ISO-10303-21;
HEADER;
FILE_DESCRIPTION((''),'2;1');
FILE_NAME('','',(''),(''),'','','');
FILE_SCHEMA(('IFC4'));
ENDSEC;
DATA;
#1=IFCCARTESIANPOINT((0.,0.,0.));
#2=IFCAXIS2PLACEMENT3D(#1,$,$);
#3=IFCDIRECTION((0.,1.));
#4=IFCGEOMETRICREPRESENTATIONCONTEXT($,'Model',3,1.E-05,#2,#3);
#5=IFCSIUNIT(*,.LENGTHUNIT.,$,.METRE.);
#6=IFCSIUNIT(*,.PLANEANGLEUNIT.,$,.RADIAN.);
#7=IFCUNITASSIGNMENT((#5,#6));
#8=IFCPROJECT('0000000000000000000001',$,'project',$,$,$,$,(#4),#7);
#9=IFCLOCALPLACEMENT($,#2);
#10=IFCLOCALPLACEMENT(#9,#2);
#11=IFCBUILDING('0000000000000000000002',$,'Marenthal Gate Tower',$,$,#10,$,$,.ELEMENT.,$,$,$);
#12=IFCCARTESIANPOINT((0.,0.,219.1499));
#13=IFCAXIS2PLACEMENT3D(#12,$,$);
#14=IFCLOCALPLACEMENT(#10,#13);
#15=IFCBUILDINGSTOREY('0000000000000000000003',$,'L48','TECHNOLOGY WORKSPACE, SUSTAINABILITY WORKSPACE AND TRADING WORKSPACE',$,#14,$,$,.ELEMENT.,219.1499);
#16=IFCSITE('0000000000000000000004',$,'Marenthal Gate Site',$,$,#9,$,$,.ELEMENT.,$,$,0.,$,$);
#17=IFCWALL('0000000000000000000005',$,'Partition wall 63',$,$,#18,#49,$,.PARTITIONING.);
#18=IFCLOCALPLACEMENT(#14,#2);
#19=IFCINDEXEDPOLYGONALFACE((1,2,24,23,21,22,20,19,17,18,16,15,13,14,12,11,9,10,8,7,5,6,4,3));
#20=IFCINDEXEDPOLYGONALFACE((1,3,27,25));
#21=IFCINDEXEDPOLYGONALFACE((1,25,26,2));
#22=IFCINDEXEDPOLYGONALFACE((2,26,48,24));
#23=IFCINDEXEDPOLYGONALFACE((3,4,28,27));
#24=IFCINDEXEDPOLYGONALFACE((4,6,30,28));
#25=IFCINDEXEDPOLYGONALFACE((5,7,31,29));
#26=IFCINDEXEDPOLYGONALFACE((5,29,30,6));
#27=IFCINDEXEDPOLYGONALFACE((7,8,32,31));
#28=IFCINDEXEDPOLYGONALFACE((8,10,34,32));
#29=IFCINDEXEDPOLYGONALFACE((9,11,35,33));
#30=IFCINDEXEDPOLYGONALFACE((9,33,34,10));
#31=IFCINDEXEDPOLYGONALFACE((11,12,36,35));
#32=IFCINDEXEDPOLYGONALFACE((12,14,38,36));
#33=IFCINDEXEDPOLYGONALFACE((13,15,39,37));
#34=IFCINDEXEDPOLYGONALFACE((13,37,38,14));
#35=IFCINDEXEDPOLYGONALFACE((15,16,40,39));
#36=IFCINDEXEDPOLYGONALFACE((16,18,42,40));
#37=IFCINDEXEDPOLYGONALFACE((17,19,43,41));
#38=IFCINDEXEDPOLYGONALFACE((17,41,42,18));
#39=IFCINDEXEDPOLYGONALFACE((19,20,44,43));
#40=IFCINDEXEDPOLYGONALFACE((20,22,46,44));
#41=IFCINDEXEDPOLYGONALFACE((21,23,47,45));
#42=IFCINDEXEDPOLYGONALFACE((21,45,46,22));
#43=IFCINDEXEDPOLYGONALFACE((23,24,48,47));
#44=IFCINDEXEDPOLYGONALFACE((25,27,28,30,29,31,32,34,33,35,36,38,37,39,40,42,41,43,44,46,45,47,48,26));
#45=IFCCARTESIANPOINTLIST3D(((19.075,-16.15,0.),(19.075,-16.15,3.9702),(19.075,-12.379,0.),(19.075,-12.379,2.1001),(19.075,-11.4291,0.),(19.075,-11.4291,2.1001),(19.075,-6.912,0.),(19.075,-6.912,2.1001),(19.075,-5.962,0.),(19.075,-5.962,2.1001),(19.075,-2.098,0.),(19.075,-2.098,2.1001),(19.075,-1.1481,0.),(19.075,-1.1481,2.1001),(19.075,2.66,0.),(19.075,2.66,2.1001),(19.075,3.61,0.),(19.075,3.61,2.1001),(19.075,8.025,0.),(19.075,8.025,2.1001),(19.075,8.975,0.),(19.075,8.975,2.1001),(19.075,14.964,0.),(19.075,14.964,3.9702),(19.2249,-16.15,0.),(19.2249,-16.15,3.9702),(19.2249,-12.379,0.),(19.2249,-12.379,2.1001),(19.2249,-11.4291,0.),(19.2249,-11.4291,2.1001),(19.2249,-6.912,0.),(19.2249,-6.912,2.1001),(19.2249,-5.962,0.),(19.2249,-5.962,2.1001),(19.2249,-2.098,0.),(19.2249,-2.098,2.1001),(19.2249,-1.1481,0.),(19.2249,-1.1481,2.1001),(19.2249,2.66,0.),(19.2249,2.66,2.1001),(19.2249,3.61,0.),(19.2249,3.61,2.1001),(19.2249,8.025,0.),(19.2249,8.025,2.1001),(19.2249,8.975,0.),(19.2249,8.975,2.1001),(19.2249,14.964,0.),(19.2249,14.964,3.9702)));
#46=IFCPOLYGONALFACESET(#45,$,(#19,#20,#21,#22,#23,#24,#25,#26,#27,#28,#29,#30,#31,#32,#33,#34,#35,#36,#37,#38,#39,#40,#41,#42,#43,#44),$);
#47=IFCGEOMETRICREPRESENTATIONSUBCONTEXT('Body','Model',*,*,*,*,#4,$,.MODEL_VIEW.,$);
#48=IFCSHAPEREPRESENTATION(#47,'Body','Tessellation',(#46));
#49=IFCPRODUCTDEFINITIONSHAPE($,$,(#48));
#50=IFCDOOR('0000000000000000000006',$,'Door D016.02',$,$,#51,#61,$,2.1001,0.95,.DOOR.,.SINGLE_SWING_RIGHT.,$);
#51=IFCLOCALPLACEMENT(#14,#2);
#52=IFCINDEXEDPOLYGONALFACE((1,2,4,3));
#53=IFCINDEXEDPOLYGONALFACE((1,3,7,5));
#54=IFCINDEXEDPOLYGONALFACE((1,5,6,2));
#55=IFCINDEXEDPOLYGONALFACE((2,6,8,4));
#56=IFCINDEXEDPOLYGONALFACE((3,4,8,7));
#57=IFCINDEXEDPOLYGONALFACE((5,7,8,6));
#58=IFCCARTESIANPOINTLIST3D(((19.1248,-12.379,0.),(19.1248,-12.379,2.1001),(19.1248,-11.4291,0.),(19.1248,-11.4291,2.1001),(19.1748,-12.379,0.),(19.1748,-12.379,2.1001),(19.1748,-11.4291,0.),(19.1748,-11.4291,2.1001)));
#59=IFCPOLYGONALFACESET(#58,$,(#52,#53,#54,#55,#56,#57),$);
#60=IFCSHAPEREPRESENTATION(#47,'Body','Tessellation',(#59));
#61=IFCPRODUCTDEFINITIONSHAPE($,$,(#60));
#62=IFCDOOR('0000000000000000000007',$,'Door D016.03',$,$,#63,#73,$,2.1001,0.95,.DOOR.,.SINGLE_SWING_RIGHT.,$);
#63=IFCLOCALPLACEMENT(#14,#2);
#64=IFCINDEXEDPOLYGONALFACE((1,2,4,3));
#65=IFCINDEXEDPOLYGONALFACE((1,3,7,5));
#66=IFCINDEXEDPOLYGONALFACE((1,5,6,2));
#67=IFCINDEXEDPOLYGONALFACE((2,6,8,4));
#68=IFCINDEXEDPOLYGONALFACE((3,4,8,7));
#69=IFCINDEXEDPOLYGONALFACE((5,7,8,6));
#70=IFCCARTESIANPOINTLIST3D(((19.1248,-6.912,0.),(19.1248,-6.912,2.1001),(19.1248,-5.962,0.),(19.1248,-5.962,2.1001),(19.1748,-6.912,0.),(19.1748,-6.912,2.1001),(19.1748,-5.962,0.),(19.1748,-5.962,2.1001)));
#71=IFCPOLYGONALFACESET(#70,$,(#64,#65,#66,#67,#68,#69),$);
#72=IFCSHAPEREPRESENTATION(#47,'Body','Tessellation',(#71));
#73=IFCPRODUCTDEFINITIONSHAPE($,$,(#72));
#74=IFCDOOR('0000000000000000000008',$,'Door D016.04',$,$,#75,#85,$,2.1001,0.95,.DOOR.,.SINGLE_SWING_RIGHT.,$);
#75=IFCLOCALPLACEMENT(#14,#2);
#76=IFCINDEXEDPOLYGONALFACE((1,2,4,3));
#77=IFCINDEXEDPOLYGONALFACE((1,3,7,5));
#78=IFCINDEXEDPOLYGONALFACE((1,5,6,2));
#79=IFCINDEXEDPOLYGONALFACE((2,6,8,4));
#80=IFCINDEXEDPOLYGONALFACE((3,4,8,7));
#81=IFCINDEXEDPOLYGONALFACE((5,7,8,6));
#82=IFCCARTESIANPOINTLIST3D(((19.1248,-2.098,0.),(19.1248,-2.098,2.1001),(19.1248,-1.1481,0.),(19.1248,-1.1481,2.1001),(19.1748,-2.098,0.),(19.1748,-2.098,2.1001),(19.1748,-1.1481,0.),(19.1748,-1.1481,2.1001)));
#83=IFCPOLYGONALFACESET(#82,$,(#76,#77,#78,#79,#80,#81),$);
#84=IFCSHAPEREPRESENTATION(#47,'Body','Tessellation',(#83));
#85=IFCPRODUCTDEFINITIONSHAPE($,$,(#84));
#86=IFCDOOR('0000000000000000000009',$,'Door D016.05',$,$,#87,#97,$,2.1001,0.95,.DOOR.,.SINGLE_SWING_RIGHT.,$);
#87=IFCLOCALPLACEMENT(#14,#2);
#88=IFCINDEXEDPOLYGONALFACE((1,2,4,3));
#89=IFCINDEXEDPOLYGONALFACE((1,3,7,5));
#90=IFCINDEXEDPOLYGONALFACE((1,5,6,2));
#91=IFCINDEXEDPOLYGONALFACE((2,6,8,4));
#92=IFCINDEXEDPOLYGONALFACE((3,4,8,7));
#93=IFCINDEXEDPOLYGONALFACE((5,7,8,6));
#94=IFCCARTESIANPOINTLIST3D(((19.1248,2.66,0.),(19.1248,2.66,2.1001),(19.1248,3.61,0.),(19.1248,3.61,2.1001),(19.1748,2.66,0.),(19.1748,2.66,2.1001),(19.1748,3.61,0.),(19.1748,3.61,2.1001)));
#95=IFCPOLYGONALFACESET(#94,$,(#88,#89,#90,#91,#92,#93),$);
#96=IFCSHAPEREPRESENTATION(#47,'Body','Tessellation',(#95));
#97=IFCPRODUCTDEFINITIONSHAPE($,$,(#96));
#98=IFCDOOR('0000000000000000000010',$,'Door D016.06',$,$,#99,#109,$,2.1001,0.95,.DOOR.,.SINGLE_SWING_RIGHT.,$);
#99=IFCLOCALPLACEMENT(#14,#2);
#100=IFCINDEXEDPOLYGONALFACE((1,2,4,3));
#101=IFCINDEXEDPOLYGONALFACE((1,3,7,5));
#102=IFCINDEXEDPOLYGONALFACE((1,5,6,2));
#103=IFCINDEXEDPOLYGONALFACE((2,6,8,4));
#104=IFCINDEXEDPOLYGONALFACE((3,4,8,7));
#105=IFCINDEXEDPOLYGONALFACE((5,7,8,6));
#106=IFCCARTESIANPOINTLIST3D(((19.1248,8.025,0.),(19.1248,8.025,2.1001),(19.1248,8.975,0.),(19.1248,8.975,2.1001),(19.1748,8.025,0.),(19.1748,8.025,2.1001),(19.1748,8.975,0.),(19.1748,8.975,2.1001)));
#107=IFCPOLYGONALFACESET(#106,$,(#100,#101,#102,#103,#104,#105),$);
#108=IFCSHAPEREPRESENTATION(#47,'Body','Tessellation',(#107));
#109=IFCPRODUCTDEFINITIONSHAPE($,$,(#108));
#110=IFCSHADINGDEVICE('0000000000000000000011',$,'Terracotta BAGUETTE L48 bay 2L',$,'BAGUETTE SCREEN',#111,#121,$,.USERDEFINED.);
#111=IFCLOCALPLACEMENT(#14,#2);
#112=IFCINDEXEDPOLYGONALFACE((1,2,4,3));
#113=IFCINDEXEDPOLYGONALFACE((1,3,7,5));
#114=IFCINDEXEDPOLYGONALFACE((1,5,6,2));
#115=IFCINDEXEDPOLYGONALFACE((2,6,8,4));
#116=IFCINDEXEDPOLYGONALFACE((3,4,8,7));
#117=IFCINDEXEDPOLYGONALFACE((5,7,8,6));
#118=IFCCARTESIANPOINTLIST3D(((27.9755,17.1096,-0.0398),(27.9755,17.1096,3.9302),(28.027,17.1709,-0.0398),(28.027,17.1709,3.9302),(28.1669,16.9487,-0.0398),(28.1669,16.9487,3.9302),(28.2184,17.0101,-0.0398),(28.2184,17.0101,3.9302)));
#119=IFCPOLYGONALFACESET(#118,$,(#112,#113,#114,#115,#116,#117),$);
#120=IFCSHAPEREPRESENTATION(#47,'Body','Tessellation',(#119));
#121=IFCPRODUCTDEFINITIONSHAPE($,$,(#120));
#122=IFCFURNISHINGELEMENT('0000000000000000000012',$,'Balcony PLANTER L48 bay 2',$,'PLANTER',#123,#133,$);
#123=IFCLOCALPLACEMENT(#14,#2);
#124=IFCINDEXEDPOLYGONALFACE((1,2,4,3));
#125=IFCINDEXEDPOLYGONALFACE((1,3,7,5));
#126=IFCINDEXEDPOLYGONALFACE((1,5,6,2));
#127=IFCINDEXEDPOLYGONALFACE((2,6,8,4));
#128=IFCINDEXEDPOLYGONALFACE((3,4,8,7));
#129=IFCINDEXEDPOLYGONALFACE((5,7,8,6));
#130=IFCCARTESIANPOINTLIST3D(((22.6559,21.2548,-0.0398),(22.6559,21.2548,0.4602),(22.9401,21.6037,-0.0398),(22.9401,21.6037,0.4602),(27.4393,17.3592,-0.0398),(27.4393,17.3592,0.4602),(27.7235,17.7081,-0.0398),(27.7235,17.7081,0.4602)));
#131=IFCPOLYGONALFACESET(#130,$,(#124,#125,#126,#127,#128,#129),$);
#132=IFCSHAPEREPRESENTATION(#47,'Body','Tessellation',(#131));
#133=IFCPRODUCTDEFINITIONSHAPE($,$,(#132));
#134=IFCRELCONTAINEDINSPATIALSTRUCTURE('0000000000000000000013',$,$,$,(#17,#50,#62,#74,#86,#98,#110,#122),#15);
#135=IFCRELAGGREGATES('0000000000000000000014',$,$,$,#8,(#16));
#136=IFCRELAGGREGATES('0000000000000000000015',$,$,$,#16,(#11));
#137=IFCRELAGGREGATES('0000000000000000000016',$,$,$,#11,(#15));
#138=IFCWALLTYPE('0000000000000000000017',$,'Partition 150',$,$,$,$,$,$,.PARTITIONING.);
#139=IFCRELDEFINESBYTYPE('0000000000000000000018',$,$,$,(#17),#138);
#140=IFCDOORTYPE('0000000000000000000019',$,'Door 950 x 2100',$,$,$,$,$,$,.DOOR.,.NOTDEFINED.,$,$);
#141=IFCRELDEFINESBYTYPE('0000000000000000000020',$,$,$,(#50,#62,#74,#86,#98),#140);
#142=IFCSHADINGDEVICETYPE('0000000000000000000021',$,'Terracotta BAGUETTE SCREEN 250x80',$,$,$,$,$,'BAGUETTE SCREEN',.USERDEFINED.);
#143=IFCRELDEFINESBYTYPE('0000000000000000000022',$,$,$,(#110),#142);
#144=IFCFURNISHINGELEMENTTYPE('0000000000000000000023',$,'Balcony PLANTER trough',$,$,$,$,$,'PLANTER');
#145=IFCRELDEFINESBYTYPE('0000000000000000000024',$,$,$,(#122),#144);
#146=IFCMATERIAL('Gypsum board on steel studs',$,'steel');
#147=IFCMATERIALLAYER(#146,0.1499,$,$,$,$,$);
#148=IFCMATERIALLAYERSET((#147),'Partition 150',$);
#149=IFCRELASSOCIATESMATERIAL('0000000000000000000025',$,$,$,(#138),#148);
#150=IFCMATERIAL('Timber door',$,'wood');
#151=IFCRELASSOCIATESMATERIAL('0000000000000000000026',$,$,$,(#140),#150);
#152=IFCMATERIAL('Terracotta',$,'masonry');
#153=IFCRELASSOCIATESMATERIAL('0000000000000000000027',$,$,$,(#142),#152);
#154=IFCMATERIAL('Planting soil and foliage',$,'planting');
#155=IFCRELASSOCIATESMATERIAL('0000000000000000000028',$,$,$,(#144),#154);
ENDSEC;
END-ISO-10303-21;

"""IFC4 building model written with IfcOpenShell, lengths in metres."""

from ifc_helpers import new_model, si_unit, direction, frame, frame_2d, origin, origin_2d, place, context, subcontext, project, spatial, rectangle, extrude, material, layer, layer_set, material_profile, profile_set, type_object, element, fill, save


model = new_model("IFC4")

# Units and contexts
model_context = context("Model", 3, precision=1e-05, world=origin(), true_north=direction((0.0, 1.0)))
body_context = subcontext(model_context, "Body", "Model", "MODEL_VIEW")
ifc_project = project(units=[si_unit("LENGTHUNIT", "METRE"), si_unit("PLANEANGLEUNIT", "RADIAN")], contexts=[model_context])

# Site, building, storey
site_placement = place(None, origin())
site = spatial("IfcSite", under=ifc_project, at=site_placement, Name="Marenthal Gate Site", CompositionType="ELEMENT", RefElevation=0.0)
building_placement = place(site_placement, origin())
building = spatial("IfcBuilding", under=site, at=building_placement, Name="Marenthal Gate Tower", CompositionType="ELEMENT")
storey_placement = place(building_placement, frame((0.0, 0.0, 219.1499)))
storey = spatial("IfcBuildingStorey", under=building, at=storey_placement, Name="L48", Description="TECHNOLOGY WORKSPACE, SUSTAINABILITY WORKSPACE AND TRADING WORKSPACE", CompositionType="ELEMENT", Elevation=219.1499)

# Shared definitions
ifc_material_1 = material(Name="Gypsum board on steel studs", Category="steel")
ifc_layer_1 = layer(ifc_material_1, 0.1499)
ifc_layer_set_1 = layer_set([ifc_layer_1], Name="Partition 150")
wall_type_1 = type_object("IfcWallType", Name="Partition 150", PredefinedType="PARTITIONING", material=ifc_layer_set_1)

# Wall, openings, doors
wall_1_placement = place(storey_placement, frame((19.1499, 14.9641, 0.0), z_axis=(0.0, 0.0, 1.0), x_axis=(0.0, -1.0, 0.0)))
wall_1 = element("IfcWall", 1, at=wall_1_placement, inside=storey, type_object=wall_type_1, Name="Partition wall 63", PredefinedType="PARTITIONING", context=body_context, shape_type="SweptSolid", body=[
    extrude(rectangle(XDim=31.114, YDim=0.1499, at=frame_2d((15.5571, 0.0))), origin(), (0.0, 0.0, 1.0), 3.9702),
])
opening_1_placement = place(wall_1_placement, frame((26.3931, 0.0, 0.0)))
opening_1 = element("IfcOpeningElement", 2, at=opening_1_placement, cuts=wall_1, PredefinedType="OPENING", context=body_context, shape_type="SweptSolid", body=[
    extrude(rectangle(XDim=0.95, YDim=2.1001, at=frame_2d((0.4751, 1.05))), frame((0.0, 0.085, 0.0), z_axis=(0.0, -1.0, 0.0), x_axis=(1.0, 0.0, 0.0)), (0.0, 0.0, 1.0), 0.1699),
])
opening_2_placement = place(wall_1_placement, frame((20.926, 0.0, 0.0)))
opening_2 = element("IfcOpeningElement", 3, at=opening_2_placement, cuts=wall_1, PredefinedType="OPENING", context=body_context, shape_type="SweptSolid", body=[
    extrude(rectangle(XDim=0.95, YDim=2.1001, at=frame_2d((0.4751, 1.05))), frame((0.0, 0.085, 0.0), z_axis=(0.0, -1.0, 0.0), x_axis=(1.0, 0.0, 0.0)), (0.0, 0.0, 1.0), 0.1699),
])
opening_3_placement = place(wall_1_placement, frame((16.1121, 0.0, 0.0)))
opening_3 = element("IfcOpeningElement", 4, at=opening_3_placement, cuts=wall_1, PredefinedType="OPENING", context=body_context, shape_type="SweptSolid", body=[
    extrude(rectangle(XDim=0.95, YDim=2.1001, at=frame_2d((0.4751, 1.05))), frame((0.0, 0.085, 0.0), z_axis=(0.0, -1.0, 0.0), x_axis=(1.0, 0.0, 0.0)), (0.0, 0.0, 1.0), 0.1699),
])
opening_4_placement = place(wall_1_placement, frame((11.354, 0.0, 0.0)))
opening_4 = element("IfcOpeningElement", 5, at=opening_4_placement, cuts=wall_1, PredefinedType="OPENING", context=body_context, shape_type="SweptSolid", body=[
    extrude(rectangle(XDim=0.95, YDim=2.1001, at=frame_2d((0.4751, 1.05))), frame((0.0, 0.085, 0.0), z_axis=(0.0, -1.0, 0.0), x_axis=(1.0, 0.0, 0.0)), (0.0, 0.0, 1.0), 0.1699),
])
opening_5_placement = place(wall_1_placement, frame((5.989, 0.0, 0.0)))
opening_5 = element("IfcOpeningElement", 6, at=opening_5_placement, cuts=wall_1, PredefinedType="OPENING", context=body_context, shape_type="SweptSolid", body=[
    extrude(rectangle(XDim=0.95, YDim=2.1001, at=frame_2d((0.4751, 1.05))), frame((0.0, 0.085, 0.0), z_axis=(0.0, -1.0, 0.0), x_axis=(1.0, 0.0, 0.0)), (0.0, 0.0, 1.0), 0.1699),
])
ifc_material_2 = material(Name="Timber door", Category="wood")
door_type_1 = type_object("IfcDoorType", Name="Door 950 x 2100", OperationType="NOTDEFINED", PredefinedType="DOOR", material=ifc_material_2)
door_1_placement = place(opening_1_placement, origin())
door_1 = element("IfcDoor", 7, at=door_1_placement, inside=storey, type_object=door_type_1, Name="Door D016.02", OperationType="SINGLE_SWING_RIGHT", OverallHeight=2.1001, OverallWidth=0.95, PredefinedType="DOOR", context=body_context, shape_type="SweptSolid", body=[
    extrude(rectangle(XDim=0.95, YDim=2.1001, at=frame_2d((0.4751, 1.05))), frame((0.0, 0.0249, 0.0), z_axis=(0.0, -1.0, 0.0), x_axis=(1.0, 0.0, 0.0)), (0.0, 0.0, 1.0), 0.05),
])
fill(opening_1, door_1)
door_2_placement = place(opening_2_placement, origin())
door_2 = element("IfcDoor", 8, at=door_2_placement, inside=storey, type_object=door_type_1, Name="Door D016.03", OperationType="SINGLE_SWING_RIGHT", OverallHeight=2.1001, OverallWidth=0.95, PredefinedType="DOOR", context=body_context, shape_type="SweptSolid", body=[
    extrude(rectangle(XDim=0.95, YDim=2.1001, at=frame_2d((0.4751, 1.05))), frame((0.0, 0.0249, 0.0), z_axis=(0.0, -1.0, 0.0), x_axis=(1.0, 0.0, 0.0)), (0.0, 0.0, 1.0), 0.05),
])
fill(opening_2, door_2)
door_3_placement = place(opening_3_placement, origin())
door_3 = element("IfcDoor", 9, at=door_3_placement, inside=storey, type_object=door_type_1, Name="Door D016.04", OperationType="SINGLE_SWING_RIGHT", OverallHeight=2.1001, OverallWidth=0.95, PredefinedType="DOOR", context=body_context, shape_type="SweptSolid", body=[
    extrude(rectangle(XDim=0.95, YDim=2.1001, at=frame_2d((0.4751, 1.05))), frame((0.0, 0.0249, 0.0), z_axis=(0.0, -1.0, 0.0), x_axis=(1.0, 0.0, 0.0)), (0.0, 0.0, 1.0), 0.05),
])
fill(opening_3, door_3)
door_4_placement = place(opening_4_placement, origin())
door_4 = element("IfcDoor", 10, at=door_4_placement, inside=storey, type_object=door_type_1, Name="Door D016.05", OperationType="SINGLE_SWING_RIGHT", OverallHeight=2.1001, OverallWidth=0.95, PredefinedType="DOOR", context=body_context, shape_type="SweptSolid", body=[
    extrude(rectangle(XDim=0.95, YDim=2.1001, at=frame_2d((0.4751, 1.05))), frame((0.0, 0.0249, 0.0), z_axis=(0.0, -1.0, 0.0), x_axis=(1.0, 0.0, 0.0)), (0.0, 0.0, 1.0), 0.05),
])
fill(opening_4, door_4)
door_5_placement = place(opening_5_placement, origin())
door_5 = element("IfcDoor", 11, at=door_5_placement, inside=storey, type_object=door_type_1, Name="Door D016.06", OperationType="SINGLE_SWING_RIGHT", OverallHeight=2.1001, OverallWidth=0.95, PredefinedType="DOOR", context=body_context, shape_type="SweptSolid", body=[
    extrude(rectangle(XDim=0.95, YDim=2.1001, at=frame_2d((0.4751, 1.05))), frame((0.0, 0.0249, 0.0), z_axis=(0.0, -1.0, 0.0), x_axis=(1.0, 0.0, 0.0)), (0.0, 0.0, 1.0), 0.05),
])
fill(opening_5, door_5)

# Shading device
ifc_material_3 = material(Name="Terracotta", Category="masonry")
ifc_material_profile_1 = material_profile(ifc_material_3, rectangle(XDim=0.25, YDim=0.0801, at=origin_2d()), Name="Terracotta baguette 250x80")
ifc_profile_set_1 = profile_set([ifc_material_profile_1], Name="Terracotta")
shading_device_type = type_object("IfcShadingDeviceType", Name="Terracotta BAGUETTE SCREEN 250x80", ElementType="BAGUETTE SCREEN", PredefinedType="USERDEFINED", material=ifc_profile_set_1)
shading_device_placement = place(storey_placement, frame((28.0969, 17.0598, -0.0398), z_axis=(0.0, 0.0, 1.0), x_axis=(-0.765628, 0.643284, 0.0)))
element("IfcShadingDevice", 12, at=shading_device_placement, inside=storey, type_object=shading_device_type, Name="Terracotta BAGUETTE L48 bay 2L", ObjectType="BAGUETTE SCREEN", PredefinedType="USERDEFINED", context=body_context, shape_type="SweptSolid", body=[
    extrude(rectangle(XDim=0.25, YDim=0.0801, at=origin_2d()), origin(), (0.0, 0.0, 1.0), 3.97),
])

# Furnishing element
ifc_material_4 = material(Name="Planting soil and foliage", Category="planting")
furnishing_element_type = type_object("IfcFurnishingElementType", Name="Balcony PLANTER trough", ElementType="PLANTER", material=ifc_material_4)
furnishing_placement = place(storey_placement, frame((25.1897, 19.4814, -0.0398), z_axis=(0.0, 0.0, 1.0), x_axis=(-0.775396, 0.631476, 0.0)))
element("IfcFurnishingElement", 13, at=furnishing_placement, inside=storey, type_object=furnishing_element_type, Name="Balcony PLANTER L48 bay 2", ObjectType="PLANTER", context=body_context, shape_type="SweptSolid", body=[
    extrude(rectangle(XDim=6.1689, YDim=0.45, at=origin_2d()), origin(), (0.0, 0.0, 1.0), 0.5),
])

save(model, "model.ifc")
